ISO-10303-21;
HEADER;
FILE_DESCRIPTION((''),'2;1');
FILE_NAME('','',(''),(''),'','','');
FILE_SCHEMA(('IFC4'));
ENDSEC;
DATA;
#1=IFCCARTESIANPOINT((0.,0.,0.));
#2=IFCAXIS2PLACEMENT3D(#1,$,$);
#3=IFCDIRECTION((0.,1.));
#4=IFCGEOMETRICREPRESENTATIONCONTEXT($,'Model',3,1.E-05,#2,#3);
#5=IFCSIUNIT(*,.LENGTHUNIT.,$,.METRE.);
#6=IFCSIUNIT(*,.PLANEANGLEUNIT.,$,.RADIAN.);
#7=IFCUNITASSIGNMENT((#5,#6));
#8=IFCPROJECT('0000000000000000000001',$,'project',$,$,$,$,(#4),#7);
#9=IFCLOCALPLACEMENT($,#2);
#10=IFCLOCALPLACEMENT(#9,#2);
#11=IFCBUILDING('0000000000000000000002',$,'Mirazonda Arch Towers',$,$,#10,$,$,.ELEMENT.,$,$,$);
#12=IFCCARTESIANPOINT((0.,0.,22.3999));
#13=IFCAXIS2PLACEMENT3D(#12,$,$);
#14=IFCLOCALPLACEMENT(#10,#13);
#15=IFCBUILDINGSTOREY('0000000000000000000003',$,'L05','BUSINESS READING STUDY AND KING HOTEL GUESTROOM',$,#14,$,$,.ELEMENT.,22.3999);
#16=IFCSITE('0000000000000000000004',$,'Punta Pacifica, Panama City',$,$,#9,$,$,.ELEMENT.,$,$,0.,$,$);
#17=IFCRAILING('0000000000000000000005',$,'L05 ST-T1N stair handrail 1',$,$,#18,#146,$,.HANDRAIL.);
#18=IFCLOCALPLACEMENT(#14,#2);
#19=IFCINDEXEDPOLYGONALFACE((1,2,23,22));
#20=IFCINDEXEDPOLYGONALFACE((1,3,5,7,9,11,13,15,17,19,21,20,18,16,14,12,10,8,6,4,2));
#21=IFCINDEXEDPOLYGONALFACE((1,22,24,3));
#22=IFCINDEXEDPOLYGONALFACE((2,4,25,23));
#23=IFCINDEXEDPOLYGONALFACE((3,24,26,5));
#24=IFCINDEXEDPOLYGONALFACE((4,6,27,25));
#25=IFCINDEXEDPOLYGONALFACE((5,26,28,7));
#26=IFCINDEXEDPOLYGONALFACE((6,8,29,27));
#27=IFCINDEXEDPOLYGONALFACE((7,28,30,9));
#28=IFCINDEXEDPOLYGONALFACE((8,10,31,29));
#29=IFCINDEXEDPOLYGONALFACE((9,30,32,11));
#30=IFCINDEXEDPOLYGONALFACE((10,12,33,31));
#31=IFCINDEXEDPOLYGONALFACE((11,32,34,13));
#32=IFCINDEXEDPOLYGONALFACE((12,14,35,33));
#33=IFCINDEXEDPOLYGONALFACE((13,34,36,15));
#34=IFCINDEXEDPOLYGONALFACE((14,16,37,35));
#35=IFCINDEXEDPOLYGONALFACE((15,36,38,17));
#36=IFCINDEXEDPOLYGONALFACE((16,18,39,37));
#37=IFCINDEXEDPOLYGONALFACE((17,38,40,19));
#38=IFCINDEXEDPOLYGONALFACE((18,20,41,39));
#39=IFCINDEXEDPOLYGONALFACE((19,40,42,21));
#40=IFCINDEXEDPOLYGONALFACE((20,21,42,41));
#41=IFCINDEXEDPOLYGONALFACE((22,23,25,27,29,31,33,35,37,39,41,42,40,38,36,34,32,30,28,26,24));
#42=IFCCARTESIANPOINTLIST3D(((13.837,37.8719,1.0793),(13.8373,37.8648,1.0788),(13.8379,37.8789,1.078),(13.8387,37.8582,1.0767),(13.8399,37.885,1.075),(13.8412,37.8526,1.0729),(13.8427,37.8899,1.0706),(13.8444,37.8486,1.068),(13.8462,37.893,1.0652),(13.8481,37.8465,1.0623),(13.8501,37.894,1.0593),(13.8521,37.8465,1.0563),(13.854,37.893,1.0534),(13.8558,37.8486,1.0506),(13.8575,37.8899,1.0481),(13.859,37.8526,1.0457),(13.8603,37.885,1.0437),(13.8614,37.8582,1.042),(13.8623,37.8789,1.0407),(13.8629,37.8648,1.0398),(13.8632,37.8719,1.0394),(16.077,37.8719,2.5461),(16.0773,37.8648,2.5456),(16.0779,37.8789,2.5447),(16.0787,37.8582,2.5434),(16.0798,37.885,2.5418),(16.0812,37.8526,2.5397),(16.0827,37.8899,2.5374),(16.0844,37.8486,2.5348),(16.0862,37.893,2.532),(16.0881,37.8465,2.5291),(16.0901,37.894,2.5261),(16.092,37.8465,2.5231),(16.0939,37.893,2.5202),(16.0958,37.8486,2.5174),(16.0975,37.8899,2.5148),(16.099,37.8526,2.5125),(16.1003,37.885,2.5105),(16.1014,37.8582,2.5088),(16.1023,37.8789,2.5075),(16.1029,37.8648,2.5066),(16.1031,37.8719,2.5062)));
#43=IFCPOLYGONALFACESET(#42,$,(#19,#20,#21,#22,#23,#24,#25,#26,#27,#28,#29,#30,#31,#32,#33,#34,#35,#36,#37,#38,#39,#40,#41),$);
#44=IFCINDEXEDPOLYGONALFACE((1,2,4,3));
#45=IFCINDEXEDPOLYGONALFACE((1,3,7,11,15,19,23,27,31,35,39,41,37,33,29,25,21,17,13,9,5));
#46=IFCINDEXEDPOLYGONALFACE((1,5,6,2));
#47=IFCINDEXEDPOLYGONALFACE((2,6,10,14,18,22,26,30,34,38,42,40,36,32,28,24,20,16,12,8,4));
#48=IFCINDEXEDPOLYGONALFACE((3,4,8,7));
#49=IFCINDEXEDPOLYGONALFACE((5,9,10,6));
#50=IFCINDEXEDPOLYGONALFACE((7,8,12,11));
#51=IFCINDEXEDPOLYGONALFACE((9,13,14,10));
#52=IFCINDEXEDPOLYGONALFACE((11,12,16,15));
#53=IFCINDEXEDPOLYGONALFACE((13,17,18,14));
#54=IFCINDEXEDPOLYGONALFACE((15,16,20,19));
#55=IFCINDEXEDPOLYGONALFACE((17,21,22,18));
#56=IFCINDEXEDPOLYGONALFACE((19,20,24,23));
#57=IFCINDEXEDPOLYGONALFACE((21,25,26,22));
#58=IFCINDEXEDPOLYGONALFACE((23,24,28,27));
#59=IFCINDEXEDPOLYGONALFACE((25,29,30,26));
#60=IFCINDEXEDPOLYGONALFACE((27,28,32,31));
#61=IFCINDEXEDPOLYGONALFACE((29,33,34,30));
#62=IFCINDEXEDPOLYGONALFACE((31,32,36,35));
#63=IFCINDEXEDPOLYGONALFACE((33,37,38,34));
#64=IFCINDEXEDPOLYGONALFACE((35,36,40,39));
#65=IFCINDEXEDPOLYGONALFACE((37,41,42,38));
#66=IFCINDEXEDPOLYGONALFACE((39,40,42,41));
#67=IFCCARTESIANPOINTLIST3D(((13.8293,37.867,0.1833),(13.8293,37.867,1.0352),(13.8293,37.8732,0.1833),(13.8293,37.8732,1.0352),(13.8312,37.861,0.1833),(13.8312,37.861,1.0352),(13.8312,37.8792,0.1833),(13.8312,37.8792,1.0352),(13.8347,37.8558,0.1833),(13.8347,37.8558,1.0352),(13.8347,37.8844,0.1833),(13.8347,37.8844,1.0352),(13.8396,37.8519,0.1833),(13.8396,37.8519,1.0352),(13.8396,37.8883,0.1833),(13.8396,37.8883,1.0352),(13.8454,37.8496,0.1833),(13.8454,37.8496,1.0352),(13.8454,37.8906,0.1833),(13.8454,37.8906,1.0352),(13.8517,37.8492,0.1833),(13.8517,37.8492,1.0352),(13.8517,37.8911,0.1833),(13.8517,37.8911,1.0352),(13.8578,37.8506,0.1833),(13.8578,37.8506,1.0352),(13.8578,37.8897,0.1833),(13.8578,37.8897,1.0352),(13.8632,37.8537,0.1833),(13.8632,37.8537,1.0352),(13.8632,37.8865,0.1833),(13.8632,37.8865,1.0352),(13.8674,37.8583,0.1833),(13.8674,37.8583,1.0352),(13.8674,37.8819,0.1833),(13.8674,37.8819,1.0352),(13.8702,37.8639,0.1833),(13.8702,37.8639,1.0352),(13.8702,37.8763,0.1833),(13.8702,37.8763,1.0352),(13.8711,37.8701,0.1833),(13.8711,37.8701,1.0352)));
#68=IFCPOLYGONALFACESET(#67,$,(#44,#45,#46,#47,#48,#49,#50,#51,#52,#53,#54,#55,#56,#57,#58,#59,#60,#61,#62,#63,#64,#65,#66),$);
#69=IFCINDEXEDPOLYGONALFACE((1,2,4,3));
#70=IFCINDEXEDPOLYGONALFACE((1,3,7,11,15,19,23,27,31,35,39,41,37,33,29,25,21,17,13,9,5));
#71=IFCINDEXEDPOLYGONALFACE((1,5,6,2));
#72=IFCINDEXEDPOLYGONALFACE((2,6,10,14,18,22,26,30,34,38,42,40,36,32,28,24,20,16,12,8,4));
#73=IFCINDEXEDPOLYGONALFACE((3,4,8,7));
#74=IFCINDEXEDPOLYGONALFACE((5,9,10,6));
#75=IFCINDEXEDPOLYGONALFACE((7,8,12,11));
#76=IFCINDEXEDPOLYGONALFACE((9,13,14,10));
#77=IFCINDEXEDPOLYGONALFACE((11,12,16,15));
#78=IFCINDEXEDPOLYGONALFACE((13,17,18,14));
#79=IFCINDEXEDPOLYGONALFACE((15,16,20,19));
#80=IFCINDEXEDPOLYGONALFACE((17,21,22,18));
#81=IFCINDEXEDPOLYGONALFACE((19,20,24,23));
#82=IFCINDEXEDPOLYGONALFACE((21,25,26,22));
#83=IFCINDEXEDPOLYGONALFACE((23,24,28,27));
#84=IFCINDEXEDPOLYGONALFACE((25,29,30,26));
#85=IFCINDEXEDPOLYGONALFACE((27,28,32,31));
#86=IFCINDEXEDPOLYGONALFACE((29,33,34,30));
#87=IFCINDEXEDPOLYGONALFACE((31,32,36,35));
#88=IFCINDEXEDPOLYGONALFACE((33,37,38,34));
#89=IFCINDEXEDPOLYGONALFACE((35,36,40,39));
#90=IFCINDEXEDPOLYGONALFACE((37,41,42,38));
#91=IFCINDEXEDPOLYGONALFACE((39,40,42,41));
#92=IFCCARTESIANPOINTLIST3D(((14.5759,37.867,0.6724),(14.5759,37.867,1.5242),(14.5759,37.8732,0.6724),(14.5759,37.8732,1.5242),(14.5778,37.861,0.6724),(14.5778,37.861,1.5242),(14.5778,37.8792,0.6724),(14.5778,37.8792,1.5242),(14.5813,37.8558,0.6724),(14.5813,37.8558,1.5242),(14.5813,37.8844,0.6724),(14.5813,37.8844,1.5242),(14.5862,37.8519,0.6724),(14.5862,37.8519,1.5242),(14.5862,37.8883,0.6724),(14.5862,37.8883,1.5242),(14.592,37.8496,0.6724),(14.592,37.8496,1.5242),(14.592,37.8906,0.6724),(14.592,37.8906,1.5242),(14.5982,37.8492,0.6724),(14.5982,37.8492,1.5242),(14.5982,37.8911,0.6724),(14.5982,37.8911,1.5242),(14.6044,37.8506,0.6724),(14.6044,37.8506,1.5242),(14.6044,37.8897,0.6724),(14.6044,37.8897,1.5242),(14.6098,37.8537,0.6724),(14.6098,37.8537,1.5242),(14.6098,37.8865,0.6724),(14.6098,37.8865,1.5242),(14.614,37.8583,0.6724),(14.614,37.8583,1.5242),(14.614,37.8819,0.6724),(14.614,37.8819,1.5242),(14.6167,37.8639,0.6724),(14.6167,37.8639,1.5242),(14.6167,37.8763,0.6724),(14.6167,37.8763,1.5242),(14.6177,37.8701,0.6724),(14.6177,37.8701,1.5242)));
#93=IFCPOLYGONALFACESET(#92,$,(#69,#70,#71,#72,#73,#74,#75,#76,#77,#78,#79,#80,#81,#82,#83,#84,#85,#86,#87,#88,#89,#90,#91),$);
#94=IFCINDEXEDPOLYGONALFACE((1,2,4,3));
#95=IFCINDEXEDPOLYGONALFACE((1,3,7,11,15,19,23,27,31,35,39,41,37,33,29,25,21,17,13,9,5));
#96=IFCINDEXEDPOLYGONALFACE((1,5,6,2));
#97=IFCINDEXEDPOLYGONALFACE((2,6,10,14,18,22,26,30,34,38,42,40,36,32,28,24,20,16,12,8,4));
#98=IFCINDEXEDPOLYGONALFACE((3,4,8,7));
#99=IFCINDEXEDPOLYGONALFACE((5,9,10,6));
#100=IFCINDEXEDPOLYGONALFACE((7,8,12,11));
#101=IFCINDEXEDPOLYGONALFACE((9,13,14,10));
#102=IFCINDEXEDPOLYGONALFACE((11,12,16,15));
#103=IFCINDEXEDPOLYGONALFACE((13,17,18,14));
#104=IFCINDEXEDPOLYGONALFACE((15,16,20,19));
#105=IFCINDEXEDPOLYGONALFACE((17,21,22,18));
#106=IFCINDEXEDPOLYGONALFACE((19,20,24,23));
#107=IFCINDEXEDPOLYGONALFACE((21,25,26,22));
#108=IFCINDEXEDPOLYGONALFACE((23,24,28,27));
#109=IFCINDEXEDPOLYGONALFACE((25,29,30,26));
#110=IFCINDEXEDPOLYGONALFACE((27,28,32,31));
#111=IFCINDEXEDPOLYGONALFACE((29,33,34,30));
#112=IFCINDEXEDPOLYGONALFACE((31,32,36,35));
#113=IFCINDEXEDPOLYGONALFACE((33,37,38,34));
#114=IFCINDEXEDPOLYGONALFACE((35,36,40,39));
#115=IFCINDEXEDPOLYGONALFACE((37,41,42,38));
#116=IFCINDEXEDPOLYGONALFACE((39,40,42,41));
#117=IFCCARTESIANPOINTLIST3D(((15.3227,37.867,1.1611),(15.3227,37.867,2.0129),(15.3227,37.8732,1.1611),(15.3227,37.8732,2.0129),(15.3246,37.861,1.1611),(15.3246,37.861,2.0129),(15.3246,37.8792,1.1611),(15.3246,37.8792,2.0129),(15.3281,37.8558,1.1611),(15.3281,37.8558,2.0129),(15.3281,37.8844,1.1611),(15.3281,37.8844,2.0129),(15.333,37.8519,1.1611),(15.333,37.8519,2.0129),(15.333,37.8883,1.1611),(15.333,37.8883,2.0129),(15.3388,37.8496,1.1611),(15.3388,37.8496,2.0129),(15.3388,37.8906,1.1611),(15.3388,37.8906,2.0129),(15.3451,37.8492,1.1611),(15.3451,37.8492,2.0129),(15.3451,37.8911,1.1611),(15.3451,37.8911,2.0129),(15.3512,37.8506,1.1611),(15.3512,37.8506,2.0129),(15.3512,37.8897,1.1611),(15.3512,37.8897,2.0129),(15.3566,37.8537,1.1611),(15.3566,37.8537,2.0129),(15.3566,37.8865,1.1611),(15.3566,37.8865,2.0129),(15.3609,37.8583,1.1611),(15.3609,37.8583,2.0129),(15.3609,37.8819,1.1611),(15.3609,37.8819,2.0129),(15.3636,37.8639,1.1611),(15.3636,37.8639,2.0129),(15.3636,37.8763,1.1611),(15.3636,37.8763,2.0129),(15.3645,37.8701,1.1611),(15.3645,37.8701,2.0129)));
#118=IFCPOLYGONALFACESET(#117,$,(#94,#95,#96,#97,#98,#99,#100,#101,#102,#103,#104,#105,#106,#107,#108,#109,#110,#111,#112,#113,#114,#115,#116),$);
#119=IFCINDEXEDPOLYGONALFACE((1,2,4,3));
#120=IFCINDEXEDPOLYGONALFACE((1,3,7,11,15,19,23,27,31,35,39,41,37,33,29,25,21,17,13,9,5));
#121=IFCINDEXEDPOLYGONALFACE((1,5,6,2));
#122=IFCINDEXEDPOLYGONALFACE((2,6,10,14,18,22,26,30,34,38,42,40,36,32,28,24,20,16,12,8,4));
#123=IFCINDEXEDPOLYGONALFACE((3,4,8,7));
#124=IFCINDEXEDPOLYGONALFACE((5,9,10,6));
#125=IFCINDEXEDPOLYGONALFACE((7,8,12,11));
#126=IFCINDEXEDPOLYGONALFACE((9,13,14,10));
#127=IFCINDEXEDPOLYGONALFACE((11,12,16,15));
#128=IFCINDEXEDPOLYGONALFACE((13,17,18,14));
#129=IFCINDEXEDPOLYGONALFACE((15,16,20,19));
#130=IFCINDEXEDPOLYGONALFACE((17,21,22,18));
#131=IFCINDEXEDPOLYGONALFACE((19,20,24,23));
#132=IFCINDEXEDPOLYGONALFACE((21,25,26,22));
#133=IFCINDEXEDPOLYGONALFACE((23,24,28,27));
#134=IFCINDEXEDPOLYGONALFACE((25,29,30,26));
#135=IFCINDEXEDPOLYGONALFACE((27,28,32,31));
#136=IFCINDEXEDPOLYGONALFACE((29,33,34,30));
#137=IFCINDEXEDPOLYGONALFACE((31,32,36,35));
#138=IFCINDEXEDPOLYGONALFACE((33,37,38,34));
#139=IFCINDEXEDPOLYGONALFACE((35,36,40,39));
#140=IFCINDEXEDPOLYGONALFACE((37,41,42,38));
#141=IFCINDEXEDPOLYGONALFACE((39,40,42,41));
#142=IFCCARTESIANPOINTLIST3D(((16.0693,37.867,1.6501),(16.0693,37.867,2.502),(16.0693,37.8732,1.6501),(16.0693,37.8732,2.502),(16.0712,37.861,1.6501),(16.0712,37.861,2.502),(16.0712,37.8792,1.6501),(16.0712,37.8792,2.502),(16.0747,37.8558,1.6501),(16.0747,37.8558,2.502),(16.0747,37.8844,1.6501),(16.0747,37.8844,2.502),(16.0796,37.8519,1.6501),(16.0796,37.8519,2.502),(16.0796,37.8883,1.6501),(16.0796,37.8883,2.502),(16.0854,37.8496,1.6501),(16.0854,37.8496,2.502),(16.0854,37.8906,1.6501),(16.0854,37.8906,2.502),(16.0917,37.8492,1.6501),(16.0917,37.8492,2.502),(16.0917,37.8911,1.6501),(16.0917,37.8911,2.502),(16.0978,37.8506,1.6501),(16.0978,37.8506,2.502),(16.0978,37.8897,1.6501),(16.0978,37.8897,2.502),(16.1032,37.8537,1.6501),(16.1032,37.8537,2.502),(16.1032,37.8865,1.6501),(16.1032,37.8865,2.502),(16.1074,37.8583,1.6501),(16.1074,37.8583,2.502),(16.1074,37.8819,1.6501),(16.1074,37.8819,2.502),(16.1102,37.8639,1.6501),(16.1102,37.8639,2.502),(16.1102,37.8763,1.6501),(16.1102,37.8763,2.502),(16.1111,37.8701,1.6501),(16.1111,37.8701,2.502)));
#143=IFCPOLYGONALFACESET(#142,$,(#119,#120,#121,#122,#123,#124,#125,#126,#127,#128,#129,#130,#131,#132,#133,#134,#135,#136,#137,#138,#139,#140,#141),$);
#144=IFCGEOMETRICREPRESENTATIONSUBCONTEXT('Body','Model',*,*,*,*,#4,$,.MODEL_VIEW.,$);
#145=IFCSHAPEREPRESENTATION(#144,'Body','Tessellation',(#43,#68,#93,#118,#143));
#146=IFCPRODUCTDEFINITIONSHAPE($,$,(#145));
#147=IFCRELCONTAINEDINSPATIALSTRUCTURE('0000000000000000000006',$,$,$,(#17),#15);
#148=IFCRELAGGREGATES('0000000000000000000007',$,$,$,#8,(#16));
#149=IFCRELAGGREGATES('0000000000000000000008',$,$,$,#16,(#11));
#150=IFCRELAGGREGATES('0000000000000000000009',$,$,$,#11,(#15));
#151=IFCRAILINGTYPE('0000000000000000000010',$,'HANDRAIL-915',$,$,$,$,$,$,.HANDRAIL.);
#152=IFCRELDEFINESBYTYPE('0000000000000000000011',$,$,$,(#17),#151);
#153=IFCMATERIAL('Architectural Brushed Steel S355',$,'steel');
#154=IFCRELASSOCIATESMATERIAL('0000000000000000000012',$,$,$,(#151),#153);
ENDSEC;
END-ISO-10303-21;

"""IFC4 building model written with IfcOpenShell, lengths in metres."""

from ifc_helpers import new_model, si_unit, direction, frame, origin, origin_2d, place, context, subcontext, project, spatial, circle, extrude, material, type_object, element, save


model = new_model("IFC4")

# Units and contexts
model_context = context("Model", 3, precision=1e-05, world=origin(), true_north=direction((0.0, 1.0)))
body_context = subcontext(model_context, "Body", "Model", "MODEL_VIEW")
ifc_project = project(units=[si_unit("LENGTHUNIT", "METRE"), si_unit("PLANEANGLEUNIT", "RADIAN")], contexts=[model_context])

# Site, building, storey
site_placement = place(None, origin())
site = spatial("IfcSite", under=ifc_project, at=site_placement, Name="Punta Pacifica, Panama City", CompositionType="ELEMENT", RefElevation=0.0)
building_placement = place(site_placement, origin())
building = spatial("IfcBuilding", under=site, at=building_placement, Name="Mirazonda Arch Towers", CompositionType="ELEMENT")
storey_placement = place(building_placement, frame((0.0, 0.0, 22.3999)))
storey = spatial("IfcBuildingStorey", under=building, at=storey_placement, Name="L05", Description="BUSINESS READING STUDY AND KING HOTEL GUESTROOM", CompositionType="ELEMENT", Elevation=22.3999)

# Shared definitions
ifc_material_1 = material(Name="Architectural Brushed Steel S355", Category="steel")

# Railing
railing_type_1 = type_object("IfcRailingType", Name="HANDRAIL-915", PredefinedType="HANDRAIL", material=ifc_material_1)
railing_1_placement = place(storey_placement, frame((13.8501, 37.8701, 0.1833)))
element("IfcRailing", 1, at=railing_1_placement, inside=storey, type_object=railing_type_1, Name="L05 ST-T1N stair handrail 1", PredefinedType="HANDRAIL", context=body_context, shape_type="SweptSolid", body=[
    extrude(circle(Radius=0.0239, at=origin_2d()), frame((0.0, 0.0, 0.876), z_axis=(0.836595, 0.0, 0.547822), x_axis=(0.0, 1.0, 0.0)), (0.0, 0.0, 1.0), 2.6775),
    extrude(circle(Radius=0.021, at=origin_2d()), origin(), (0.0, 0.0, 1.0), 0.8518),
    extrude(circle(Radius=0.021, at=origin_2d()), frame((0.7466, 0.0, 0.489)), (0.0, 0.0, 1.0), 0.8518),
    extrude(circle(Radius=0.021, at=origin_2d()), frame((1.4934, 0.0, 0.9778)), (0.0, 0.0, 1.0), 0.8518),
    extrude(circle(Radius=0.021, at=origin_2d()), frame((2.24, 0.0, 1.4668)), (0.0, 0.0, 1.0), 0.8518),
])

save(model, "model.ifc")
